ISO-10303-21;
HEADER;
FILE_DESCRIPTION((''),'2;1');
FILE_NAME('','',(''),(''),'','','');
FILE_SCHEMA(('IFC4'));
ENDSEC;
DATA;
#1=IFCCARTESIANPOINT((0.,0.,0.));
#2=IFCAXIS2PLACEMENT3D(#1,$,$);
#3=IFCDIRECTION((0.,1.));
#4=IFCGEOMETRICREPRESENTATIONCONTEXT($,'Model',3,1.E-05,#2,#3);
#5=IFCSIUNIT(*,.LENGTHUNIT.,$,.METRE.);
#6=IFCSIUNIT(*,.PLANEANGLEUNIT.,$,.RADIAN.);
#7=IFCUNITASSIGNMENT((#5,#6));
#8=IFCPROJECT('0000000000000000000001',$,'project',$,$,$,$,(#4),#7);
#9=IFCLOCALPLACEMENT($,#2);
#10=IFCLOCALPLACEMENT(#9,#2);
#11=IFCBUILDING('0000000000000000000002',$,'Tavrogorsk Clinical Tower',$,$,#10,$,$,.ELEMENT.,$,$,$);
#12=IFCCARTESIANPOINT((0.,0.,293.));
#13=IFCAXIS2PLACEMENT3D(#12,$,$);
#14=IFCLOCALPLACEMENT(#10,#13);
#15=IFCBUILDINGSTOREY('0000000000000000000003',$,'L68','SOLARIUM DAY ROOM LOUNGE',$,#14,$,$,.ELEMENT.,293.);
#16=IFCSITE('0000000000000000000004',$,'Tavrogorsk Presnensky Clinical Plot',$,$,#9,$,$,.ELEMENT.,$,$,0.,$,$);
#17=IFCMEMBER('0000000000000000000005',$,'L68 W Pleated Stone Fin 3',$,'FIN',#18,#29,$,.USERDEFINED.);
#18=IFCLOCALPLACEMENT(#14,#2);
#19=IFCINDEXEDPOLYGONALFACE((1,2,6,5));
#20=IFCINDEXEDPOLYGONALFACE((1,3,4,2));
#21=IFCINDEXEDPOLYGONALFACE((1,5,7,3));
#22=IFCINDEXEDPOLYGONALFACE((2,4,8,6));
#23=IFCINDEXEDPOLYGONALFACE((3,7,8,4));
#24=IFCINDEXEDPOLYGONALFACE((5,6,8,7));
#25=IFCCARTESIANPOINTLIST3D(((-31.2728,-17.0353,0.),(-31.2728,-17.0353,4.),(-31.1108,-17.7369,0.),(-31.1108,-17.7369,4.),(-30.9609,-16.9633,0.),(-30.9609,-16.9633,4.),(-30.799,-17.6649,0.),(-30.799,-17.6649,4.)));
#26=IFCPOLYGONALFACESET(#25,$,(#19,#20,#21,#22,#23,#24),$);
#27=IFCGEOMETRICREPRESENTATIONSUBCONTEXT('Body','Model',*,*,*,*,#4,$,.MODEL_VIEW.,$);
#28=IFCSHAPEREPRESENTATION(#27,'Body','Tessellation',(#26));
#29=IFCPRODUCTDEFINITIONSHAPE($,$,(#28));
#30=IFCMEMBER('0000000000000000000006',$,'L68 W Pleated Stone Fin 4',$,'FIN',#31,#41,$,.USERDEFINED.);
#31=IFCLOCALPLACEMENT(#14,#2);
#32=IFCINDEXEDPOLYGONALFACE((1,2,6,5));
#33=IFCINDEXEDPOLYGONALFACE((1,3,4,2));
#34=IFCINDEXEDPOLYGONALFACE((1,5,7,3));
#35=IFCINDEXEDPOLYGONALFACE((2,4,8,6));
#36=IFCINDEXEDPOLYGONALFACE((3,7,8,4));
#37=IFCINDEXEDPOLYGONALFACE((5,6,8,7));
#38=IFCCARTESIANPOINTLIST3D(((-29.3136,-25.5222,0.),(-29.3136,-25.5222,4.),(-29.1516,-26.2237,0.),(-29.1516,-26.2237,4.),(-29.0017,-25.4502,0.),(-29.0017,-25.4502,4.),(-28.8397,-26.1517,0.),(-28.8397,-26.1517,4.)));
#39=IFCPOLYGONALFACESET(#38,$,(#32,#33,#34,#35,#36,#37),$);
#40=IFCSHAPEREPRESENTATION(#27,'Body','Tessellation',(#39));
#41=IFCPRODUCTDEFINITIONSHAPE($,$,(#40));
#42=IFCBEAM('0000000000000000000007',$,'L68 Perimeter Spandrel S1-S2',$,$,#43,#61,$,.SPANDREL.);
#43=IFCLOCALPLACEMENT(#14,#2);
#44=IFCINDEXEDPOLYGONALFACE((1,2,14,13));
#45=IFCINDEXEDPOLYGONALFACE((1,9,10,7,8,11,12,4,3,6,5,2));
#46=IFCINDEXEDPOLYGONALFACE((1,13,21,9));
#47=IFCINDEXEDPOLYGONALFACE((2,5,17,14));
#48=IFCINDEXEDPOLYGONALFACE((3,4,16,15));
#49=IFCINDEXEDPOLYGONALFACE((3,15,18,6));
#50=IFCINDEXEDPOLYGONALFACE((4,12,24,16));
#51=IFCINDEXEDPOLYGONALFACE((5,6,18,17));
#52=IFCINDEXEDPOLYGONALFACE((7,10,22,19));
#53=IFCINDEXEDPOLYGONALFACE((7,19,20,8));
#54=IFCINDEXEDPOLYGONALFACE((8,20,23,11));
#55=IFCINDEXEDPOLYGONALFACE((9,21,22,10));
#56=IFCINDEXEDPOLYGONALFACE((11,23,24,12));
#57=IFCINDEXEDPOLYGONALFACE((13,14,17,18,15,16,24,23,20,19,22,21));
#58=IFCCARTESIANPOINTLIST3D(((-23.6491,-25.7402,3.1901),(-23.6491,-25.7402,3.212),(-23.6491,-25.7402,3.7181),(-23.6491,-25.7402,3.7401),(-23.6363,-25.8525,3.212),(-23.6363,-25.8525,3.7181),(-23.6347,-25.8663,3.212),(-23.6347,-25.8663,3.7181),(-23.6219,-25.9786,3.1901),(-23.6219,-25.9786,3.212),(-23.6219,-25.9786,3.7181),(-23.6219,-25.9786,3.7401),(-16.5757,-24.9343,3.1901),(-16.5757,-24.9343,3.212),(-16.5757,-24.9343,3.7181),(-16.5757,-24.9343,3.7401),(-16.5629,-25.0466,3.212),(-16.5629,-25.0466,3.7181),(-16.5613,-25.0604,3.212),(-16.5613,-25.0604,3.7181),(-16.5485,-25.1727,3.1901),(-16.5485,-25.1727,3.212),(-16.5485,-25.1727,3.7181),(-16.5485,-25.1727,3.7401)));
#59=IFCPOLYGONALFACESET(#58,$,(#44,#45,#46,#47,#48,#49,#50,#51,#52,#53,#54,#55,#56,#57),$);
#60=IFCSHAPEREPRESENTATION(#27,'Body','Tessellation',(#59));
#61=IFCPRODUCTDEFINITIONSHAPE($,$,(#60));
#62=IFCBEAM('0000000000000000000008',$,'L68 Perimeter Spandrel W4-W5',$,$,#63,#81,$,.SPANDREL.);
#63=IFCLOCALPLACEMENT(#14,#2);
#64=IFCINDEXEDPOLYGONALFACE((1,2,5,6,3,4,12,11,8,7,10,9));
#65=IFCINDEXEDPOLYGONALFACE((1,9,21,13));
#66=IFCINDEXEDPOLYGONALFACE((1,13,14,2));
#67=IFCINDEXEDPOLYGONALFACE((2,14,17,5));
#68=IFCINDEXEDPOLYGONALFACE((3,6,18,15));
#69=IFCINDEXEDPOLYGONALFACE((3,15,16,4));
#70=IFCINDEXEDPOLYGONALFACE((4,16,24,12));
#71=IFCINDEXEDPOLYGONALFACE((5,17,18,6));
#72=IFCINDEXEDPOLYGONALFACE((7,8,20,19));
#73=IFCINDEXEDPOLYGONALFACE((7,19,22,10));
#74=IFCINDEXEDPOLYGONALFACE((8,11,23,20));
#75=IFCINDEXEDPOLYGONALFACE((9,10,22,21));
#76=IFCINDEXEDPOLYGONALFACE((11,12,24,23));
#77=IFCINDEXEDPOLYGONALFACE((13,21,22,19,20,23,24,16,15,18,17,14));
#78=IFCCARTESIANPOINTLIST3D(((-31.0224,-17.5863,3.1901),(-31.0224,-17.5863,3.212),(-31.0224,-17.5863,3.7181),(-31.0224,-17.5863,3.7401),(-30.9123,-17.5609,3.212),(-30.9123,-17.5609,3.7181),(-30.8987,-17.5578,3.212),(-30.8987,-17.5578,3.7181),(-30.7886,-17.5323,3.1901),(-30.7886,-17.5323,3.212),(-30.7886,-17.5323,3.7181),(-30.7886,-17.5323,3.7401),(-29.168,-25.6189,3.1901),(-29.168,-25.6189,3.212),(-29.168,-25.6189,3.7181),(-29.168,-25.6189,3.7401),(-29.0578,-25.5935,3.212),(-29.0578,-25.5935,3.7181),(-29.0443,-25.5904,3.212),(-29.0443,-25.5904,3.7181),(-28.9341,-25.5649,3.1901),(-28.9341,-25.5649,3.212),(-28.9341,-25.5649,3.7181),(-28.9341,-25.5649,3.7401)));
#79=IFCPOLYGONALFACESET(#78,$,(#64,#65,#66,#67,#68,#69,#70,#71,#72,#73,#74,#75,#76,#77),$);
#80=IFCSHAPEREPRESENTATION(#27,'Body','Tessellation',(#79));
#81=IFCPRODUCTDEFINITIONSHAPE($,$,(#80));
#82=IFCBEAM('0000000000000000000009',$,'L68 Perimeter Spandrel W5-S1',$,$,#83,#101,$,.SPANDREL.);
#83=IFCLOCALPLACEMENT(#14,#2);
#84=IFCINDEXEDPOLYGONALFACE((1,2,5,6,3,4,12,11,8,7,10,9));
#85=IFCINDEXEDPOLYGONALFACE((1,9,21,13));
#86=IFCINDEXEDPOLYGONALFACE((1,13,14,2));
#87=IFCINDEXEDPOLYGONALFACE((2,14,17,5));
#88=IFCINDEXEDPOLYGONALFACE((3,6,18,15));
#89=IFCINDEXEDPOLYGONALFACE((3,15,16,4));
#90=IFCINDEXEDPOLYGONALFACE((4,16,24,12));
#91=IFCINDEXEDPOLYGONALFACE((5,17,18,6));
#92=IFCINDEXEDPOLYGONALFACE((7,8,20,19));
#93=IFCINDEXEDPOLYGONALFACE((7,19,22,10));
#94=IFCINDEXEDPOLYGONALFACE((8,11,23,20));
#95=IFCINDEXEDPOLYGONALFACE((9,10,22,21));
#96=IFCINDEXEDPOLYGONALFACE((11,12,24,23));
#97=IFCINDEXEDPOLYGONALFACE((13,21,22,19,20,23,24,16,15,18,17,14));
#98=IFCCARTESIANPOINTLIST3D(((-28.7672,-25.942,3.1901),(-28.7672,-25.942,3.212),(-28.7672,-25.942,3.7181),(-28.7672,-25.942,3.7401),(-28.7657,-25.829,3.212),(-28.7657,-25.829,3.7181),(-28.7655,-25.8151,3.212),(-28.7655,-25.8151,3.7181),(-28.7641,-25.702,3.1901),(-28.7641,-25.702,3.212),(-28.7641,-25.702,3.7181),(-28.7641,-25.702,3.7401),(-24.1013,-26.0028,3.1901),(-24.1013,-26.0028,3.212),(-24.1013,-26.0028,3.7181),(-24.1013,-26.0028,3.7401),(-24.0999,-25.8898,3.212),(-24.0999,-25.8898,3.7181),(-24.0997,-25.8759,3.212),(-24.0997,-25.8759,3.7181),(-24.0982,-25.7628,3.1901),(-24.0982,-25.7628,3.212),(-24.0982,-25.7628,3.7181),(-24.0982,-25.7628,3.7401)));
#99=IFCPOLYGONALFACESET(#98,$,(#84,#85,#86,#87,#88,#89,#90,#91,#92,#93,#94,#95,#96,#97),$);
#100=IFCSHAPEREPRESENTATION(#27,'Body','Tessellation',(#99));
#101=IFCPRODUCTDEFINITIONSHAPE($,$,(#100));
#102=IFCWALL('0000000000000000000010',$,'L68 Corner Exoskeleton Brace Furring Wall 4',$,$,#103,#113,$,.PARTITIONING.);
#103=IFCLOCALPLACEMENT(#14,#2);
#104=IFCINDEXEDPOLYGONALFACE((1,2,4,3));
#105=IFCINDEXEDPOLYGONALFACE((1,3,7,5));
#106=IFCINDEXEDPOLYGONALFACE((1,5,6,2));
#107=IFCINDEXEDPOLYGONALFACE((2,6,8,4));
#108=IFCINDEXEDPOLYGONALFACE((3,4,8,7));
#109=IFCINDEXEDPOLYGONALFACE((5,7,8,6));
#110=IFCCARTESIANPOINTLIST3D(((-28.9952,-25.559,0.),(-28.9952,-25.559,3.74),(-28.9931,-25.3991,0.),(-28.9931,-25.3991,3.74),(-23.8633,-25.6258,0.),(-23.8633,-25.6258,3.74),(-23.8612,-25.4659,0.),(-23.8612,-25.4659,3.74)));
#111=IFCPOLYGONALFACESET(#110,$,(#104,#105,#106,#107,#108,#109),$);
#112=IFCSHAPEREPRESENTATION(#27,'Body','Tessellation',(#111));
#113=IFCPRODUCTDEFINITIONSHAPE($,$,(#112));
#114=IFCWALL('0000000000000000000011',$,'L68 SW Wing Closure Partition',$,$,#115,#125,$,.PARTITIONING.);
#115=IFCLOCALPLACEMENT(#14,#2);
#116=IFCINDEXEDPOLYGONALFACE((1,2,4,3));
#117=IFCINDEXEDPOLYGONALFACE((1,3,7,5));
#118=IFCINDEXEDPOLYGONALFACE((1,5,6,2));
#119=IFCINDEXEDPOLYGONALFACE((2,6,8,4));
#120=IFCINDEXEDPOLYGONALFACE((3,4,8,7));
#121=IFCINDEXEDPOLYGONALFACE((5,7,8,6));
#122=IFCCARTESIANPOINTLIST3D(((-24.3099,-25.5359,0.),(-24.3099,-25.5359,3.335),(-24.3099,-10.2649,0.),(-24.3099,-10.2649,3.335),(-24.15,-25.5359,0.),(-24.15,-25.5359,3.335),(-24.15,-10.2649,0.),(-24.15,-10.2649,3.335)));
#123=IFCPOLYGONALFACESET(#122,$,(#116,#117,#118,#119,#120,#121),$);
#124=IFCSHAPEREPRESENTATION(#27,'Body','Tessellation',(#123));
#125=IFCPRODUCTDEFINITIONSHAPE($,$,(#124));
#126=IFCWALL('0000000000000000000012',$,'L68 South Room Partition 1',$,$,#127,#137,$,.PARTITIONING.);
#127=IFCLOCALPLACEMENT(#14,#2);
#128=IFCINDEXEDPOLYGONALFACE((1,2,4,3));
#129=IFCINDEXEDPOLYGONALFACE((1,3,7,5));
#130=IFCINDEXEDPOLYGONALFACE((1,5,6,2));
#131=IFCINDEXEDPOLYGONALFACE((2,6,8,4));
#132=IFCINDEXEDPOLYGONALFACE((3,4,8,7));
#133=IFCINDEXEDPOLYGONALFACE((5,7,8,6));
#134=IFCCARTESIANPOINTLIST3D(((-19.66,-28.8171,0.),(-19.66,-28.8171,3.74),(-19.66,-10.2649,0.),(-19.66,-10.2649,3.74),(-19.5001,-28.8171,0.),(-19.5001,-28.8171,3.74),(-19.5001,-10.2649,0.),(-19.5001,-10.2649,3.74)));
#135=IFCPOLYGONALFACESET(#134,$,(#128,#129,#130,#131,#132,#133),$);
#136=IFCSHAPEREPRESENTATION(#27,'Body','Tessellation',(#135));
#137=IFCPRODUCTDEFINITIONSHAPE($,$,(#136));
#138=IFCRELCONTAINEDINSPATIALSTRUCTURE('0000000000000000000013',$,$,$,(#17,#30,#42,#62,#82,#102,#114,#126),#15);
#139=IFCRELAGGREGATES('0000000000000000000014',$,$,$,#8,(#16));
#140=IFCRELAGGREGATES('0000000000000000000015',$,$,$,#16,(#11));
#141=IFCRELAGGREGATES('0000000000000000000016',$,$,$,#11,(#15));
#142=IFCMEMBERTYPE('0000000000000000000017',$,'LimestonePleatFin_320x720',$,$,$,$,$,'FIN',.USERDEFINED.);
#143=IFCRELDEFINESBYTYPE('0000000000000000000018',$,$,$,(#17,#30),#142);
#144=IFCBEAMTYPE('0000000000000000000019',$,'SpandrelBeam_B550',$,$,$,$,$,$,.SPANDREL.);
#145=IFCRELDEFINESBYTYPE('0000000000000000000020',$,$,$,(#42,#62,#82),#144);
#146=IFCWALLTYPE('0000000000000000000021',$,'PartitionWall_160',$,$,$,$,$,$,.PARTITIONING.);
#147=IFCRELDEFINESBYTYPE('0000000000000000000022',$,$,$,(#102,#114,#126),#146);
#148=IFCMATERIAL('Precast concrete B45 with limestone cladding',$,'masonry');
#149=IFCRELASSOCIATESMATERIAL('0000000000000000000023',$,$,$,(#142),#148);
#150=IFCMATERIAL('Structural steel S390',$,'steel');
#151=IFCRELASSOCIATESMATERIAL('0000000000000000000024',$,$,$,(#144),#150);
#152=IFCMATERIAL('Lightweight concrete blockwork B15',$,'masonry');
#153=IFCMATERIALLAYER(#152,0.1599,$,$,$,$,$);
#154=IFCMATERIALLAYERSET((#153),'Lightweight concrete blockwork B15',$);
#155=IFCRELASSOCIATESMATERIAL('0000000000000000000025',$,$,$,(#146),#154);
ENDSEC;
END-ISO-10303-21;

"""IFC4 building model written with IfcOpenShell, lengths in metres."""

from ifc_helpers import new_model, si_unit, direction, frame, frame_2d, origin, origin_2d, place, context, subcontext, project, spatial, rectangle, i_section, extrude, material, layer, layer_set, material_profile, profile_set, type_object, element, save


model = new_model("IFC4")

# Units and contexts
model_context = context("Model", 3, precision=1e-05, world=origin(), true_north=direction((0.0, 1.0)))
body_context = subcontext(model_context, "Body", "Model", "MODEL_VIEW")
ifc_project = project(units=[si_unit("LENGTHUNIT", "METRE"), si_unit("PLANEANGLEUNIT", "RADIAN")], contexts=[model_context])

# Site, building, storey
site_placement = place(None, origin())
site = spatial("IfcSite", under=ifc_project, at=site_placement, Name="Tavrogorsk Presnensky Clinical Plot", CompositionType="ELEMENT", RefElevation=0.0)
building_placement = place(site_placement, origin())
building = spatial("IfcBuilding", under=site, at=building_placement, Name="Tavrogorsk Clinical Tower", CompositionType="ELEMENT")
storey_placement = place(building_placement, frame((0.0, 0.0, 293.0)))
storey = spatial("IfcBuildingStorey", under=building, at=storey_placement, Name="L68", Description="SOLARIUM DAY ROOM LOUNGE", CompositionType="ELEMENT", Elevation=293.0)

# Members
ifc_material_1 = material(Name="Precast concrete B45 with limestone cladding", Category="masonry")
ifc_material_profile_1 = material_profile(ifc_material_1, rectangle(XDim=0.3201, YDim=0.72, at=origin_2d()), Name="LIMESTONE-FIN-320x720")
ifc_profile_set_1 = profile_set([ifc_material_profile_1], Name="Precast concrete B45 with limestone cladding")
member_type_1 = type_object("IfcMemberType", Name="LimestonePleatFin_320x720", ElementType="FIN", PredefinedType="USERDEFINED", material=ifc_profile_set_1)
for number, where, z_axis, x_axis, name in (
    (1, (-31.0359, -17.3501, 0.0), (0.0, 0.0, 1.0), (0.97437, 0.224951, 0.0), "L68 W Pleated Stone Fin 3"),
    (2, (-29.0767, -25.8369, 0.0), (0.0, 0.0, 1.0), (0.97437, 0.224951, 0.0), "L68 W Pleated Stone Fin 4"),
):
    element("IfcMember", number, at=place(storey_placement, frame(where, z_axis=z_axis, x_axis=x_axis)), inside=storey, type_object=member_type_1, Name=name, ObjectType="FIN", PredefinedType="USERDEFINED", context=body_context, shape_type="SweptSolid", body=[
        extrude(rectangle(XDim=0.3201, YDim=0.72, at=origin_2d()), origin(), (0.0, 0.0, 1.0), 4.0),
    ])

# Beams
ifc_material_2 = material(Name="Structural steel S390", Category="steel")
ifc_material_profile_2 = material_profile(ifc_material_2, i_section(OverallWidth=0.24, OverallDepth=0.55, WebThickness=0.0139, FlangeThickness=0.022, at=origin_2d()), Name="B-550x240x14x22")
ifc_profile_set_2 = profile_set([ifc_material_profile_2], Name="Structural steel S390")
beam_type_1 = type_object("IfcBeamType", Name="SpandrelBeam_B550", PredefinedType="SPANDREL", material=ifc_profile_set_2)
beam_1_placement = place(storey_placement, frame((-23.6355, -25.8594, 3.4651), z_axis=(0.993572, 0.113201, 0.0), x_axis=(-0.113201, 0.993572, 0.0)))
element("IfcBeam", 3, at=beam_1_placement, inside=storey, type_object=beam_type_1, Name="L68 Perimeter Spandrel S1-S2", PredefinedType="SPANDREL", context=body_context, shape_type="SweptSolid", body=[
    extrude(i_section(OverallWidth=0.24, OverallDepth=0.55, WebThickness=0.0139, FlangeThickness=0.022, at=origin_2d()), origin(), (0.0, 0.0, 1.0), 7.1191),
])
beam_2_placement = place(storey_placement, frame((-30.9055, -17.5593, 3.4651), z_axis=(0.22495, -0.97437, 0.0), x_axis=(0.97437, 0.22495, 0.0)))
element("IfcBeam", 4, at=beam_2_placement, inside=storey, type_object=beam_type_1, Name="L68 Perimeter Spandrel W4-W5", PredefinedType="SPANDREL", context=body_context, shape_type="SweptSolid", body=[
    extrude(i_section(OverallWidth=0.24, OverallDepth=0.55, WebThickness=0.0139, FlangeThickness=0.022, at=origin_2d()), origin(), (0.0, 0.0, 1.0), 8.2439),
])
beam_3_placement = place(storey_placement, frame((-28.7656, -25.822, 3.4651), z_axis=(0.999915, -0.013028, 0.0), x_axis=(0.013028, 0.999915, 0.0)))
element("IfcBeam", 5, at=beam_3_placement, inside=storey, type_object=beam_type_1, Name="L68 Perimeter Spandrel W5-S1", PredefinedType="SPANDREL", context=body_context, shape_type="SweptSolid", body=[
    extrude(i_section(OverallWidth=0.24, OverallDepth=0.55, WebThickness=0.0139, FlangeThickness=0.022, at=origin_2d()), origin(), (0.0, 0.0, 1.0), 4.6663),
])

# Walls
ifc_material_3 = material(Name="Lightweight concrete blockwork B15", Category="masonry")
ifc_layer_1 = layer(ifc_material_3, 0.1599)
ifc_layer_set_1 = layer_set([ifc_layer_1], Name="Lightweight concrete blockwork B15")
wall_type_1 = type_object("IfcWallType", Name="PartitionWall_160", PredefinedType="PARTITIONING", material=ifc_layer_set_1)
wall_1_placement = place(storey_placement, frame((-28.9941, -25.479, 0.0), z_axis=(0.0, 0.0, 1.0), x_axis=(0.999915, -0.013034, 0.0)))
element("IfcWall", 6, at=wall_1_placement, inside=storey, type_object=wall_type_1, Name="L68 Corner Exoskeleton Brace Furring Wall 4", PredefinedType="PARTITIONING", context=body_context, shape_type="SweptSolid", body=[
    extrude(rectangle(XDim=5.1323, YDim=0.1599, at=frame_2d((2.5662, 0.0))), origin(), (0.0, 0.0, 1.0), 3.74),
])
wall_2_placement = place(storey_placement, frame((-24.23, -25.5359, 0.0), z_axis=(0.0, 0.0, 1.0), x_axis=(0.0, 1.0, 0.0)))
element("IfcWall", 7, at=wall_2_placement, inside=storey, type_object=wall_type_1, Name="L68 SW Wing Closure Partition", PredefinedType="PARTITIONING", context=body_context, shape_type="SweptSolid", body=[
    extrude(rectangle(XDim=15.271, YDim=0.1599, at=frame_2d((7.6355, 0.0))), origin(), (0.0, 0.0, 1.0), 3.335),
])
wall_3_placement = place(storey_placement, frame((-19.5801, -28.8171, 0.0), z_axis=(0.0, 0.0, 1.0), x_axis=(0.0, 1.0, 0.0)))
element("IfcWall", 8, at=wall_3_placement, inside=storey, type_object=wall_type_1, Name="L68 South Room Partition 1", PredefinedType="PARTITIONING", context=body_context, shape_type="SweptSolid", body=[
    extrude(rectangle(XDim=18.5522, YDim=0.1599, at=frame_2d((9.2761, 0.0))), origin(), (0.0, 0.0, 1.0), 3.74),
])

save(model, "model.ifc")
